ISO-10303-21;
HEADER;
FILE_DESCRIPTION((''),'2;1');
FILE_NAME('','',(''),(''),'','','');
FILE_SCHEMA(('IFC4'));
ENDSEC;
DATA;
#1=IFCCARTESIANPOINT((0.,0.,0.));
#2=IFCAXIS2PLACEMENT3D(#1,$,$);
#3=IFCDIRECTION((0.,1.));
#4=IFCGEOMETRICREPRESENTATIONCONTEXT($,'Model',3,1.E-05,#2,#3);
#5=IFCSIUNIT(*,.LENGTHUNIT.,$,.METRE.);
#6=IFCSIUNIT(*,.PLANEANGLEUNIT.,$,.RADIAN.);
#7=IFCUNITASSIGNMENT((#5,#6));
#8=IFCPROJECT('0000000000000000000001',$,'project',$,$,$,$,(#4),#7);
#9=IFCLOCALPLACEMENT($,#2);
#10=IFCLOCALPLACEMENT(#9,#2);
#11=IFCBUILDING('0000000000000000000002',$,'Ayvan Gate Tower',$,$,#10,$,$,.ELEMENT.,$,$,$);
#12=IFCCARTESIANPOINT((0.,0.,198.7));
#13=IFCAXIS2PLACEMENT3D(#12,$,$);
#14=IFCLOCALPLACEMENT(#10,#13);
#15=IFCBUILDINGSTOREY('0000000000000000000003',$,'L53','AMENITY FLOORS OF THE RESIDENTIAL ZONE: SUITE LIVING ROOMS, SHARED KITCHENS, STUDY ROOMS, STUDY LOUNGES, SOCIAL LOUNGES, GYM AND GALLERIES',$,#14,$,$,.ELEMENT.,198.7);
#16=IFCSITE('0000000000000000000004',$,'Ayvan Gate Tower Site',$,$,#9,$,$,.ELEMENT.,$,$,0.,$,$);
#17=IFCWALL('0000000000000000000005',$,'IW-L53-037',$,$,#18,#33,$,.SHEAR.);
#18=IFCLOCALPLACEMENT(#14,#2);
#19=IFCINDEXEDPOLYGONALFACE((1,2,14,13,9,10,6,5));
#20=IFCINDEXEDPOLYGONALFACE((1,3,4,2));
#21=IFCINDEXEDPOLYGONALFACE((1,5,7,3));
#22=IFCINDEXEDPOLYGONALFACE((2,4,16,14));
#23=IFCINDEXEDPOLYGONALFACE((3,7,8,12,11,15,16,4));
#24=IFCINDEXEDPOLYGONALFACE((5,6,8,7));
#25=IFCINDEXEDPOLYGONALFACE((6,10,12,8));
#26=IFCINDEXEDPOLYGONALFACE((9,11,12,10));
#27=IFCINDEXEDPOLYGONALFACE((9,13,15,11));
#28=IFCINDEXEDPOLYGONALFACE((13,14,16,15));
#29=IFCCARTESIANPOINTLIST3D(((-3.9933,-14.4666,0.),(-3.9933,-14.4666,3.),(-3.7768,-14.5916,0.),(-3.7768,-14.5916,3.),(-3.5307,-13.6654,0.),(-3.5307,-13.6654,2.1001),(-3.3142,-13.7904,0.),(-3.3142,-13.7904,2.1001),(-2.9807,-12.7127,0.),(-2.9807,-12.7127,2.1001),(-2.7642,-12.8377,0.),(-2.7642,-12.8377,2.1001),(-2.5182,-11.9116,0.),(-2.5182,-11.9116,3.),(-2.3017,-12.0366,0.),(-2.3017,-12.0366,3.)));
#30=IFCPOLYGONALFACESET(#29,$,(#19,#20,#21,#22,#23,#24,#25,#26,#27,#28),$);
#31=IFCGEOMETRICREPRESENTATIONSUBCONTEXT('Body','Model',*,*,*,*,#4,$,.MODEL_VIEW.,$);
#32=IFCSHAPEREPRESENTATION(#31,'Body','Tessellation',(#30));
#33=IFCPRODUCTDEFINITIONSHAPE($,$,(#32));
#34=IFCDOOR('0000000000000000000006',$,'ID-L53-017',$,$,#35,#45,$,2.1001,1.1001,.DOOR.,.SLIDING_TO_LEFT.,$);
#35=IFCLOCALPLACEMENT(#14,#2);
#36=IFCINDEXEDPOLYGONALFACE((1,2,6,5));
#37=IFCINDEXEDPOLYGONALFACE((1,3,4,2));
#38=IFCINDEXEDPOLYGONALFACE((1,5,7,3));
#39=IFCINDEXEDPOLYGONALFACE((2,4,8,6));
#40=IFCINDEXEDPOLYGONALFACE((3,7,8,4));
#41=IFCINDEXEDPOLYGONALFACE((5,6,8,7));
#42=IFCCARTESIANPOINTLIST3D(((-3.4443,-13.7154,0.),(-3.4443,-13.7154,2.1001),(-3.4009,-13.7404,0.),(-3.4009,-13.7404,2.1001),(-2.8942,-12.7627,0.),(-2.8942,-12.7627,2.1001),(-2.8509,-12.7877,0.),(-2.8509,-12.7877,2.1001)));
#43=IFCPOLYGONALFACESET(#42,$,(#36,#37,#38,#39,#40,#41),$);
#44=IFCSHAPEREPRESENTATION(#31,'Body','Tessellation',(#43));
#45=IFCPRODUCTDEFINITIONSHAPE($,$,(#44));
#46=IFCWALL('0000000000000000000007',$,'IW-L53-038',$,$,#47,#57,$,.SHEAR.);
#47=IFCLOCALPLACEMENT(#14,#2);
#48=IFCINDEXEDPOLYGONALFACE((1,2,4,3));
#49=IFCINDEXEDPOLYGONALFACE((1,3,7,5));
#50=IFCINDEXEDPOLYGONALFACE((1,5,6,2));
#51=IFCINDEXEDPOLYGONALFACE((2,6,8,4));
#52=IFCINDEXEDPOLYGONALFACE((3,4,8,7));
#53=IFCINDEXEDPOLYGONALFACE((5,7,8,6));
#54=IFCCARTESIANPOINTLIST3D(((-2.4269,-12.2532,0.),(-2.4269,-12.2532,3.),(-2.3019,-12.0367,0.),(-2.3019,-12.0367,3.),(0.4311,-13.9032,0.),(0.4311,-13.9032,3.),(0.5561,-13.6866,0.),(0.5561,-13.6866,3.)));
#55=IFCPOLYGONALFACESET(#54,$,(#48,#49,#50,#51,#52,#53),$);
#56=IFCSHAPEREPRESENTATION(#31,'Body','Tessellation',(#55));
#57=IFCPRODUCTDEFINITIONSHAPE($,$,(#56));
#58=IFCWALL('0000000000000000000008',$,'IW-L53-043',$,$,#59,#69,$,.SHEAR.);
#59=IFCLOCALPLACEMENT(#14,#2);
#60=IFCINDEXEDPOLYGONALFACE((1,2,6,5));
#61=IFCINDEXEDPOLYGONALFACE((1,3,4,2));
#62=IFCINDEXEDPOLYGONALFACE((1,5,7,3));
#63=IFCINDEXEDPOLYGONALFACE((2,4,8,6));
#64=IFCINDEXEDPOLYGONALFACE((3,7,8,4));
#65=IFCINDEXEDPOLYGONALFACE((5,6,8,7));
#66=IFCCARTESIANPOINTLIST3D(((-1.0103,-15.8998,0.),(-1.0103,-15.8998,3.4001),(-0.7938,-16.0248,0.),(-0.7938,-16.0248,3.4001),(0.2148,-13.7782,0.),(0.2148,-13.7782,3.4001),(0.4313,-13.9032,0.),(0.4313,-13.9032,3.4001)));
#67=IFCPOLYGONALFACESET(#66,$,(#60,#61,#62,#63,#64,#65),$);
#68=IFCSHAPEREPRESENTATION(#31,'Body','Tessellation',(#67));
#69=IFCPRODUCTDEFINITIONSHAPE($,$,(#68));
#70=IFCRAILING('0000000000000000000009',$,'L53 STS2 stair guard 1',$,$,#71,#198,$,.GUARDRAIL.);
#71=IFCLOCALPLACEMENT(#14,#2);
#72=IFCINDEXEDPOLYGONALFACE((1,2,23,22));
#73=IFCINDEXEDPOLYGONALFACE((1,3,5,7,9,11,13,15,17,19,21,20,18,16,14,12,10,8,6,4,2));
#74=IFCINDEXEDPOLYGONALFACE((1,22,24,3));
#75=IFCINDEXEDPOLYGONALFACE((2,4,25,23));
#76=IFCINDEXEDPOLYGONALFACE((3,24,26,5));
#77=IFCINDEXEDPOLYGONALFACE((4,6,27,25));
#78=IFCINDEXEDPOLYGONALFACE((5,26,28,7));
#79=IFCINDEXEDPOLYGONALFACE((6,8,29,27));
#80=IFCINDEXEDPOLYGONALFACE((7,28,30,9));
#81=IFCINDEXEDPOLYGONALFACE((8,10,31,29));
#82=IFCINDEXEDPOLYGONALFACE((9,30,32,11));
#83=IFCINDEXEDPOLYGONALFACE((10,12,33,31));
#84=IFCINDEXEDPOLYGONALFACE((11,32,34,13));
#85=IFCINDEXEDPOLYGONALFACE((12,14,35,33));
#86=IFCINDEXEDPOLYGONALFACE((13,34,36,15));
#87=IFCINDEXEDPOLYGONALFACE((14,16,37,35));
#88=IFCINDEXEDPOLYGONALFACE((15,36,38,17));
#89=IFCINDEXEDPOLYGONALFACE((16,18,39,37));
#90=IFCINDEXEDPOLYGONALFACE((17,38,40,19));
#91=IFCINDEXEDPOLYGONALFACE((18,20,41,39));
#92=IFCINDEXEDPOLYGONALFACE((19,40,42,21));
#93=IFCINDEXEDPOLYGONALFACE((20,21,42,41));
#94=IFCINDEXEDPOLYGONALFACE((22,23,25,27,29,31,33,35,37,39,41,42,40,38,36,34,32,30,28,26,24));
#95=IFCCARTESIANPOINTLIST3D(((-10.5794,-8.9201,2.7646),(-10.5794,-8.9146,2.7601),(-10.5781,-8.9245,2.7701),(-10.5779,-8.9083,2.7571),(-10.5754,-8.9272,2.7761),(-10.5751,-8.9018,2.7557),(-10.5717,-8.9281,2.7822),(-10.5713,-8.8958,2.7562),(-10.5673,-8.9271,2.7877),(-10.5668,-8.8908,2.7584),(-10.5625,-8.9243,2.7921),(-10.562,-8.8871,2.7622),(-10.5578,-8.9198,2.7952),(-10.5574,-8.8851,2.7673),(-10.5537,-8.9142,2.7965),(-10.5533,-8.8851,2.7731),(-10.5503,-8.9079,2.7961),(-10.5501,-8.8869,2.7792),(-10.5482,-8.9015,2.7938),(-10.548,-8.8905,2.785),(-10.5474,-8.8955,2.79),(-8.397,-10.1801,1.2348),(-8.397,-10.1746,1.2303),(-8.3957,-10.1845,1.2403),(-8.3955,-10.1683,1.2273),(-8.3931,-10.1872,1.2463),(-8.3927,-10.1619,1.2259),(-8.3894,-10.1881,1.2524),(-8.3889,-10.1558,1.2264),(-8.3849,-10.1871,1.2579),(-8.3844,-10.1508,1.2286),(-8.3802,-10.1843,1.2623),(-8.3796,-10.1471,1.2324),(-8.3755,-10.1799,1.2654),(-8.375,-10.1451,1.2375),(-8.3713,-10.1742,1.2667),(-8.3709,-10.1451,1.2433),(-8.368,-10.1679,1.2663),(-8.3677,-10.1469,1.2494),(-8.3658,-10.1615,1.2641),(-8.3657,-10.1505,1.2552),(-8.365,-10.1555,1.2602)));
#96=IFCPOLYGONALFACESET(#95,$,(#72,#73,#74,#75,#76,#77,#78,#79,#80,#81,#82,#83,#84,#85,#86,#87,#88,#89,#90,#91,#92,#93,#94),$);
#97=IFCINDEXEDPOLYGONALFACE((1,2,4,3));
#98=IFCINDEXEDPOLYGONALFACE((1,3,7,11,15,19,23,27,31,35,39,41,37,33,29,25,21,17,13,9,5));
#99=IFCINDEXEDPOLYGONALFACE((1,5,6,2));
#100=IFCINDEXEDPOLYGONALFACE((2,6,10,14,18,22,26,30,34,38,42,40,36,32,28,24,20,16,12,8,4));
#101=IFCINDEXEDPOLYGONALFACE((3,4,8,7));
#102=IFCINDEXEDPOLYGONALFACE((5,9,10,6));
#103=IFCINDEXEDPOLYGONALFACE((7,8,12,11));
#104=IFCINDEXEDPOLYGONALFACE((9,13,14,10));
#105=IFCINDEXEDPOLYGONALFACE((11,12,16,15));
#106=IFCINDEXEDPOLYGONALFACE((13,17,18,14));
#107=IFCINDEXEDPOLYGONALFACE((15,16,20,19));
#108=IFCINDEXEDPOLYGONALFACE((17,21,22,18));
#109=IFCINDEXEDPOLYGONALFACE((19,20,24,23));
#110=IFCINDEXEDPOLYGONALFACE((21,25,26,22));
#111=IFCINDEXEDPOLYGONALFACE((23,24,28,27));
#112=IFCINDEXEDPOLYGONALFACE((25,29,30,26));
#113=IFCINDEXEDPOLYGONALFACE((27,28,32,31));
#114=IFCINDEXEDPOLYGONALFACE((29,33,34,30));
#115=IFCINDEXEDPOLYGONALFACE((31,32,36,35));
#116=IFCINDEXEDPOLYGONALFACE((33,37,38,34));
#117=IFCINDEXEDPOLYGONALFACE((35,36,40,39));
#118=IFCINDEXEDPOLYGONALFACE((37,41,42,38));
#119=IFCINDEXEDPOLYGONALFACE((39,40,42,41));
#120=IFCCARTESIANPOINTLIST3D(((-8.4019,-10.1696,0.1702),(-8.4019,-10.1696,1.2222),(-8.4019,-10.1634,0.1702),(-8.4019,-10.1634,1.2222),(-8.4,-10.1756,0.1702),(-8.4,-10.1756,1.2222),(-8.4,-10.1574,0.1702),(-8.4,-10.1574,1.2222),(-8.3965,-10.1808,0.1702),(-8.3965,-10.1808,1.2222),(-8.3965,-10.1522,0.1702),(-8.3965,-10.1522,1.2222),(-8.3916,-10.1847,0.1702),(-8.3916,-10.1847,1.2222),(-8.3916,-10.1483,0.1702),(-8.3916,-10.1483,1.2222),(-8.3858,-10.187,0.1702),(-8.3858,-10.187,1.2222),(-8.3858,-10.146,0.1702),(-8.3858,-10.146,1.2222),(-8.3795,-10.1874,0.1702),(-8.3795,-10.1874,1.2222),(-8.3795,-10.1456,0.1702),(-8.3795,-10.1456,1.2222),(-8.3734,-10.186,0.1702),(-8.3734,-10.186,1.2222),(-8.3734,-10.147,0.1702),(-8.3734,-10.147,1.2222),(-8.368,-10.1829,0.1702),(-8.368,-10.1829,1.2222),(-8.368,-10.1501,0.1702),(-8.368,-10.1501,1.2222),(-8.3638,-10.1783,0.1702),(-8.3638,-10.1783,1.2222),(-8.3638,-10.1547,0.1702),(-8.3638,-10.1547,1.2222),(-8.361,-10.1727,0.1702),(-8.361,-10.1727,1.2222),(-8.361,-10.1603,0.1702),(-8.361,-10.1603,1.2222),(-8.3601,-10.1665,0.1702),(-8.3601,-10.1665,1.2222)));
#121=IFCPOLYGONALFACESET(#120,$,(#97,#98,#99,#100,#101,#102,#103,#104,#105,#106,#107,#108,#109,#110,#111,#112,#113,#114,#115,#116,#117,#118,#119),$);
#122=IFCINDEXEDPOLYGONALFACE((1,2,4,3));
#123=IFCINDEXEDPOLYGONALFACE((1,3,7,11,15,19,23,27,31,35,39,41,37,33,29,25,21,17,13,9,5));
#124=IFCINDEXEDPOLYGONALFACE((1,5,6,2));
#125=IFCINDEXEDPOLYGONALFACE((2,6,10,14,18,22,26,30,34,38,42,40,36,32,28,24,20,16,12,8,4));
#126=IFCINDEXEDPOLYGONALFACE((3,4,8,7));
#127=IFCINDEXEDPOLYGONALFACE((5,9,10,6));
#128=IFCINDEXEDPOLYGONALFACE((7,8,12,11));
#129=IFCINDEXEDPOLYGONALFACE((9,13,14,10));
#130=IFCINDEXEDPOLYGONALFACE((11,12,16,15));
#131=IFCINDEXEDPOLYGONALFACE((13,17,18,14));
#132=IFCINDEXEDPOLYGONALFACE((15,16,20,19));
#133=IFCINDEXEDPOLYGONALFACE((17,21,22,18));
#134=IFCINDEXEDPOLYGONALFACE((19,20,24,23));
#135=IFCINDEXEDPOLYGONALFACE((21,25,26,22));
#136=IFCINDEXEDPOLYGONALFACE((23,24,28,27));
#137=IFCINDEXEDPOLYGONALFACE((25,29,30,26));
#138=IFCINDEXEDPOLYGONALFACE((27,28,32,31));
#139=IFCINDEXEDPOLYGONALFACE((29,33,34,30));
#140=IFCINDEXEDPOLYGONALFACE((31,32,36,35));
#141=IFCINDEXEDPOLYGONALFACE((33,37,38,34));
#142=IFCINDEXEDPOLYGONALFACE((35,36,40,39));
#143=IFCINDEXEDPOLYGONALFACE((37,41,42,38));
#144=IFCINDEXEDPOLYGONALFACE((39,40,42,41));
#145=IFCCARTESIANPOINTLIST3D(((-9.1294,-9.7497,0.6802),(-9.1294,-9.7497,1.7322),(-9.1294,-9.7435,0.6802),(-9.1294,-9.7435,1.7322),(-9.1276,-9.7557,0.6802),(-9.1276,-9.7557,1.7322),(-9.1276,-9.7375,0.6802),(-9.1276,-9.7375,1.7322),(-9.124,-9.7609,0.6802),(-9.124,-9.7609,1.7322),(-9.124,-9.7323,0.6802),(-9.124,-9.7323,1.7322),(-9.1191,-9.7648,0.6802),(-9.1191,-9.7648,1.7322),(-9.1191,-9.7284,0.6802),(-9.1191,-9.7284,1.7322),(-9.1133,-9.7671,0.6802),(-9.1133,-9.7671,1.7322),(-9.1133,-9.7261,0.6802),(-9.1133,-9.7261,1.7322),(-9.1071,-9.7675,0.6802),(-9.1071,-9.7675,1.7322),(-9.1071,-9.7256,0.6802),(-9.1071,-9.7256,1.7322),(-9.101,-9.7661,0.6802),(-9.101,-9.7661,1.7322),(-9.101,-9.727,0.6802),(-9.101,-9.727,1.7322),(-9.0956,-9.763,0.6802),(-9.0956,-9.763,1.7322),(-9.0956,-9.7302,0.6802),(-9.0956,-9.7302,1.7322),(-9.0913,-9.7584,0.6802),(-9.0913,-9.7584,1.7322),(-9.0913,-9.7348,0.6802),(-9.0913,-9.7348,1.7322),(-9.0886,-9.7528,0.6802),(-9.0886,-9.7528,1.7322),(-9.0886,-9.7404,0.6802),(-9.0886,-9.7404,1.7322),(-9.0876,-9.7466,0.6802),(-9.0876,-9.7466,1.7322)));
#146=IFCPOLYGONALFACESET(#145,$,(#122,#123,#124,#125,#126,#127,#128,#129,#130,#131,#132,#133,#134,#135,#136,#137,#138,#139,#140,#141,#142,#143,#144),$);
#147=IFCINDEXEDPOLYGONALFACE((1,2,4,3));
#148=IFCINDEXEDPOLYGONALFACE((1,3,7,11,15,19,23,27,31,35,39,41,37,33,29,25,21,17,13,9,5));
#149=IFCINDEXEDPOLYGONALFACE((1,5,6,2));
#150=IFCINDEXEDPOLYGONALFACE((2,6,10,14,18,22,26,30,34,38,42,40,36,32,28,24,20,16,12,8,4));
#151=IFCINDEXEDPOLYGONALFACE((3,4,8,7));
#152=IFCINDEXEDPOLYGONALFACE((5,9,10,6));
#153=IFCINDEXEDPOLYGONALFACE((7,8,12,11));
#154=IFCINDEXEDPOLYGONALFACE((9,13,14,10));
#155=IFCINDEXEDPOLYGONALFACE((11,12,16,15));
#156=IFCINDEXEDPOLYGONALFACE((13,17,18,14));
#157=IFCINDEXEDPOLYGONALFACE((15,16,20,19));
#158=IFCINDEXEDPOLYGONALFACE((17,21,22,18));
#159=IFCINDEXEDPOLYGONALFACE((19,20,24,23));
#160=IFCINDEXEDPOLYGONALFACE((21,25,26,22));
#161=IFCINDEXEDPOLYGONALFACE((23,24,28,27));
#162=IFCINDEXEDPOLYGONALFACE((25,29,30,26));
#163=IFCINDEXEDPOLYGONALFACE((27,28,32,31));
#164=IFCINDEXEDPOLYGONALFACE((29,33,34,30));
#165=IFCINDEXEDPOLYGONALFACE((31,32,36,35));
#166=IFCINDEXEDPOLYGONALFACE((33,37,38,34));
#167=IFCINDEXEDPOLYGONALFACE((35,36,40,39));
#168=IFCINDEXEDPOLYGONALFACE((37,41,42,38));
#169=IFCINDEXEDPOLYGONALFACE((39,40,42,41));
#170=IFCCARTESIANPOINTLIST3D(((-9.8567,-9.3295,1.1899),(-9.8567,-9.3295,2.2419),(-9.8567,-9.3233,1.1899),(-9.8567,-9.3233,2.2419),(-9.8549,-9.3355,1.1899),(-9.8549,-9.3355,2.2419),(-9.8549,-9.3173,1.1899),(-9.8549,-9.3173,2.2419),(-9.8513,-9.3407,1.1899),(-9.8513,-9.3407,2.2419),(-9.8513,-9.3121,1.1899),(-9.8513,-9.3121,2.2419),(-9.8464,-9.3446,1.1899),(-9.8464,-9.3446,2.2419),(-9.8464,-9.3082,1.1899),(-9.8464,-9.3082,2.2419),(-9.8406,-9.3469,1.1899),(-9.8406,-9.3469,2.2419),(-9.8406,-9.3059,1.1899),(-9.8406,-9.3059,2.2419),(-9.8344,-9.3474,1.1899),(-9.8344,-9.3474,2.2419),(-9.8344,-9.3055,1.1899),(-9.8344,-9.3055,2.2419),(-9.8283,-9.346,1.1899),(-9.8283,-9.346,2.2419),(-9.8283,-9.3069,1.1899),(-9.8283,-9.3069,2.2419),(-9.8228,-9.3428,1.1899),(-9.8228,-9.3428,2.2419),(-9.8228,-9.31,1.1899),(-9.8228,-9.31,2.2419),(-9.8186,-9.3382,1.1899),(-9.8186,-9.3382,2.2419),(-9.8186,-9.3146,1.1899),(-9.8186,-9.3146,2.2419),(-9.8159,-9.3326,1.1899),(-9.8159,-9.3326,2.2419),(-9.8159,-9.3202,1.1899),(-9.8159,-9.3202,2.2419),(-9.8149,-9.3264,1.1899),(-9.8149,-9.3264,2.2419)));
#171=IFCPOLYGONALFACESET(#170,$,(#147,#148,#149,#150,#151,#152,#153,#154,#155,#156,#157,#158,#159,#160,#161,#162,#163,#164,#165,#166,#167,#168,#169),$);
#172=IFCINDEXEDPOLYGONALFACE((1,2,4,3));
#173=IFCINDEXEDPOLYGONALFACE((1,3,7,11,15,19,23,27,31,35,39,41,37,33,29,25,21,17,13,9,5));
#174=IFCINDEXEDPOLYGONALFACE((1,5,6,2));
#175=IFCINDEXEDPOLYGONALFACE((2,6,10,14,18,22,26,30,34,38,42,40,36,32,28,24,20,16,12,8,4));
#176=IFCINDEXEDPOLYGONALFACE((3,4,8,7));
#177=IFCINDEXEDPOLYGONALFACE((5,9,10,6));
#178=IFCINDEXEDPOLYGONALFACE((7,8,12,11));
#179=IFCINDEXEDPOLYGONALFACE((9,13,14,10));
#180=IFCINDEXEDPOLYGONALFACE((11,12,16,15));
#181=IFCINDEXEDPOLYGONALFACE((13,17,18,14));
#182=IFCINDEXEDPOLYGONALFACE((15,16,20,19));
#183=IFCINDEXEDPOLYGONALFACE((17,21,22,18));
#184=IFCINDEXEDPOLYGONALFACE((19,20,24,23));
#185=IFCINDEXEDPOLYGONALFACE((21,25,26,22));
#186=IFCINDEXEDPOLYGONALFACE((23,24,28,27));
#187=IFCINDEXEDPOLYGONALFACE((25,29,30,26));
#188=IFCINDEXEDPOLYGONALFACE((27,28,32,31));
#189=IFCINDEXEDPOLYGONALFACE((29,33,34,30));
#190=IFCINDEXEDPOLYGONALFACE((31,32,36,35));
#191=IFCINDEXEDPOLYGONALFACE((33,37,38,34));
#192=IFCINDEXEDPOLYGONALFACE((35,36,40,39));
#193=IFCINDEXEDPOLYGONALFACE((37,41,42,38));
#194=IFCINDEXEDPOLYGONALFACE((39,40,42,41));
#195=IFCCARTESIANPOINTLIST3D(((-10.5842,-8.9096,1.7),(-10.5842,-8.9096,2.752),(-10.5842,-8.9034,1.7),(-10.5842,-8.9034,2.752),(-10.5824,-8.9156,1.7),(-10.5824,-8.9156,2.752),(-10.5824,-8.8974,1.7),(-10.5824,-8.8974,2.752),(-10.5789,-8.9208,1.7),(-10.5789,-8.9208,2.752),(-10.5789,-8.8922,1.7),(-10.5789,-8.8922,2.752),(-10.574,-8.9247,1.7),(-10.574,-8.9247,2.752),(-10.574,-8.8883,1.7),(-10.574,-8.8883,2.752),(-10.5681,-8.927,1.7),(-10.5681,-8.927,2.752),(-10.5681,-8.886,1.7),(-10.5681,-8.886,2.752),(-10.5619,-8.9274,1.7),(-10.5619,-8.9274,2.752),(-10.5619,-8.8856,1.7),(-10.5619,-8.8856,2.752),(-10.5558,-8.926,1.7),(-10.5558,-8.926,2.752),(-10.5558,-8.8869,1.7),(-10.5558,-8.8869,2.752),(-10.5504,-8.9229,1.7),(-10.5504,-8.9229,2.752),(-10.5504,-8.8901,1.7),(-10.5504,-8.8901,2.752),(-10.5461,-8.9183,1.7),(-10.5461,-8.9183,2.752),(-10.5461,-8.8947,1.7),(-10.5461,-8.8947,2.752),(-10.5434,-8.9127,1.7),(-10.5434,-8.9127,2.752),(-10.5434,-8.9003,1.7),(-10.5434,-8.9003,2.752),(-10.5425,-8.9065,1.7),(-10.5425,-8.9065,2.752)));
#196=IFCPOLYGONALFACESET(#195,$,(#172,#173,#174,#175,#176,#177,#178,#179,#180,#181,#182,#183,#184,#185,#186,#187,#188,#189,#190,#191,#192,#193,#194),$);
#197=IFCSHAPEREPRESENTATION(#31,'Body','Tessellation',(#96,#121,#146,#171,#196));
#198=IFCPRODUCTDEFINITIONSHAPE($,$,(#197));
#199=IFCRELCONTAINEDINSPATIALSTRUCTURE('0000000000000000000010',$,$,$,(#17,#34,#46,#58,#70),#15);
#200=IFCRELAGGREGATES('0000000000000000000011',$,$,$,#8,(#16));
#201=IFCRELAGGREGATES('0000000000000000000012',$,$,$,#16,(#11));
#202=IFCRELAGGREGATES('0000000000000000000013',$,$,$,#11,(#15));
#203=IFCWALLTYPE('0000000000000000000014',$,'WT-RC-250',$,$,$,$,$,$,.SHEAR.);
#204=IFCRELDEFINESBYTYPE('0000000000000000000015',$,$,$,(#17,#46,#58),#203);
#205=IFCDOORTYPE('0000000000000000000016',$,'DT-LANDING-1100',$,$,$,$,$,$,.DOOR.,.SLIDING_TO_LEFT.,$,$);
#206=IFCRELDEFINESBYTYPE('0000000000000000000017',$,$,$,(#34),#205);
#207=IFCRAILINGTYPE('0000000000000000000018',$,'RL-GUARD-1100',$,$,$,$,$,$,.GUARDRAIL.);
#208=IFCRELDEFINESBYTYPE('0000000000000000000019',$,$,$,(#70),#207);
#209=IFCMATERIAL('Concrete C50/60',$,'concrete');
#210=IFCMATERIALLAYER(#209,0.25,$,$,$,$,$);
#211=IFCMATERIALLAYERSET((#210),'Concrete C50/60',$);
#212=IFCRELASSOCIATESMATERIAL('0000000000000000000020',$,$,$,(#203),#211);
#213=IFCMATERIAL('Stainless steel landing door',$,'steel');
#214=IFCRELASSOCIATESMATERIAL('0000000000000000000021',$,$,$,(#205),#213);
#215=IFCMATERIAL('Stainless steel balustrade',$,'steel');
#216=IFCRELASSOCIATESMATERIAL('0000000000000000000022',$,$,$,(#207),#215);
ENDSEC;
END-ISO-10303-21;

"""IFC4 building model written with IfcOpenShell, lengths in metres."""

from ifc_helpers import new_model, si_unit, direction, frame, frame_2d, origin, origin_2d, place, context, subcontext, project, spatial, rectangle, circle, extrude, material, layer, layer_set, type_object, element, fill, save


model = new_model("IFC4")

# Units and contexts
model_context = context("Model", 3, precision=1e-05, world=origin(), true_north=direction((0.0, 1.0)))
body_context = subcontext(model_context, "Body", "Model", "MODEL_VIEW")
ifc_project = project(units=[si_unit("LENGTHUNIT", "METRE"), si_unit("PLANEANGLEUNIT", "RADIAN")], contexts=[model_context])

# Site, building, storey
site_placement = place(None, origin())
site = spatial("IfcSite", under=ifc_project, at=site_placement, Name="Ayvan Gate Tower Site", CompositionType="ELEMENT", RefElevation=0.0)
building_placement = place(site_placement, origin())
building = spatial("IfcBuilding", under=site, at=building_placement, Name="Ayvan Gate Tower", CompositionType="ELEMENT")
storey_placement = place(building_placement, frame((0.0, 0.0, 198.7)))
storey = spatial("IfcBuildingStorey", under=building, at=storey_placement, Name="L53", Description="AMENITY FLOORS OF THE RESIDENTIAL ZONE: SUITE LIVING ROOMS, SHARED KITCHENS, STUDY ROOMS, STUDY LOUNGES, SOCIAL LOUNGES, GYM AND GALLERIES", CompositionType="ELEMENT", Elevation=198.7)

# Shared definitions
ifc_material_1 = material(Name="Concrete C50/60", Category="concrete")
ifc_layer_1 = layer(ifc_material_1, 0.25)
ifc_layer_set_1 = layer_set([ifc_layer_1], Name="Concrete C50/60")
wall_type_1 = type_object("IfcWallType", Name="WT-RC-250", PredefinedType="SHEAR", material=ifc_layer_set_1)

# Wall, opening, door
wall_1_placement = place(storey_placement, frame((-2.4099, -11.9741, 0.0), z_axis=(0.0, 0.0, 1.0), x_axis=(-0.500002, -0.866024, 0.0)))
wall_1 = element("IfcWall", 1, at=wall_1_placement, inside=storey, type_object=wall_type_1, Name="IW-L53-037", PredefinedType="SHEAR", context=body_context, shape_type="SweptSolid", body=[
    extrude(rectangle(XDim=2.9502, YDim=0.25, at=frame_2d((1.4751, 0.0))), origin(), (0.0, 0.0, 1.0), 3.0),
])
opening_1_placement = place(wall_1_placement, frame((0.925, 0.0, 0.0)))
opening_1 = element("IfcOpeningElement", 2, at=opening_1_placement, cuts=wall_1, PredefinedType="OPENING", context=body_context, shape_type="SweptSolid", body=[
    extrude(rectangle(XDim=1.1001, YDim=2.1001, at=frame_2d((0.55, 1.05))), frame((0.0, 0.135, 0.0), z_axis=(0.0, -1.0, 0.0), x_axis=(1.0, 0.0, 0.0)), (0.0, 0.0, 1.0), 0.27),
])
ifc_material_2 = material(Name="Stainless steel landing door", Category="steel")
door_type_1 = type_object("IfcDoorType", Name="DT-LANDING-1100", OperationType="SLIDING_TO_LEFT", PredefinedType="DOOR", material=ifc_material_2)
door_1_placement = place(opening_1_placement, origin())
door_1 = element("IfcDoor", 3, at=door_1_placement, inside=storey, type_object=door_type_1, Name="ID-L53-017", OperationType="SLIDING_TO_LEFT", OverallHeight=2.1001, OverallWidth=1.1001, PredefinedType="DOOR", context=body_context, shape_type="SweptSolid", body=[
    extrude(rectangle(XDim=1.1001, YDim=2.1001, at=frame_2d((0.55, 1.05))), frame((0.0, 0.0249, 0.0), z_axis=(0.0, -1.0, 0.0), x_axis=(1.0, 0.0, 0.0)), (0.0, 0.0, 1.0), 0.05),
])
fill(opening_1, door_1)

# Walls
wall_2_placement = place(storey_placement, frame((-2.3643, -12.145, 0.0), z_axis=(0.0, 0.0, 1.0), x_axis=(0.86604, -0.499974, 0.0)))
element("IfcWall", 4, at=wall_2_placement, inside=storey, type_object=wall_type_1, Name="IW-L53-038", PredefinedType="SHEAR", context=body_context, shape_type="SweptSolid", body=[
    extrude(rectangle(XDim=3.3, YDim=0.25, at=frame_2d((1.6499, 0.0))), origin(), (0.0, 0.0, 1.0), 3.0),
])
wall_3_placement = place(storey_placement, frame((-0.9021, -15.9624, 0.0), z_axis=(0.0, 0.0, 1.0), x_axis=(0.500062, 0.86599, 0.0)))
element("IfcWall", 5, at=wall_3_placement, inside=storey, type_object=wall_type_1, Name="IW-L53-043", PredefinedType="SHEAR", context=body_context, shape_type="SweptSolid", body=[
    extrude(rectangle(XDim=2.45, YDim=0.25, at=frame_2d((1.2251, 0.0))), origin(), (0.0, 0.0, 1.0), 3.4001),
])

# Railing
ifc_material_3 = material(Name="Stainless steel balustrade", Category="steel")
railing_type_1 = type_object("IfcRailingType", Name="RL-GUARD-1100", PredefinedType="GUARDRAIL", material=ifc_material_3)
railing_1_placement = place(storey_placement, frame((-8.3811, -10.1665, 0.1702)))
element("IfcRailing", 6, at=railing_1_placement, inside=storey, type_object=railing_type_1, Name="L53 STS2 stair guard 1", PredefinedType="GUARDRAIL", context=body_context, shape_type="SweptSolid", body=[
    extrude(circle(Radius=0.0239, at=origin_2d()), frame((0.0, 0.0, 1.0762), z_axis=(-0.740293, 0.427414, 0.518926), x_axis=(-0.500005, -0.866023, 0.0)), (0.0, 0.0, 1.0), 2.948),
    extrude(circle(Radius=0.021, at=origin_2d()), origin(), (0.0, 0.0, 1.0), 1.052),
    extrude(circle(Radius=0.021, at=origin_2d()), frame((-0.7275, 0.4199, 0.51)), (0.0, 0.0, 1.0), 1.052),
    extrude(circle(Radius=0.021, at=origin_2d()), frame((-1.4548, 0.8401, 1.0198)), (0.0, 0.0, 1.0), 1.052),
    extrude(circle(Radius=0.021, at=origin_2d()), frame((-2.1824, 1.26, 1.5298)), (0.0, 0.0, 1.0), 1.052),
])

save(model, "model.ifc")
